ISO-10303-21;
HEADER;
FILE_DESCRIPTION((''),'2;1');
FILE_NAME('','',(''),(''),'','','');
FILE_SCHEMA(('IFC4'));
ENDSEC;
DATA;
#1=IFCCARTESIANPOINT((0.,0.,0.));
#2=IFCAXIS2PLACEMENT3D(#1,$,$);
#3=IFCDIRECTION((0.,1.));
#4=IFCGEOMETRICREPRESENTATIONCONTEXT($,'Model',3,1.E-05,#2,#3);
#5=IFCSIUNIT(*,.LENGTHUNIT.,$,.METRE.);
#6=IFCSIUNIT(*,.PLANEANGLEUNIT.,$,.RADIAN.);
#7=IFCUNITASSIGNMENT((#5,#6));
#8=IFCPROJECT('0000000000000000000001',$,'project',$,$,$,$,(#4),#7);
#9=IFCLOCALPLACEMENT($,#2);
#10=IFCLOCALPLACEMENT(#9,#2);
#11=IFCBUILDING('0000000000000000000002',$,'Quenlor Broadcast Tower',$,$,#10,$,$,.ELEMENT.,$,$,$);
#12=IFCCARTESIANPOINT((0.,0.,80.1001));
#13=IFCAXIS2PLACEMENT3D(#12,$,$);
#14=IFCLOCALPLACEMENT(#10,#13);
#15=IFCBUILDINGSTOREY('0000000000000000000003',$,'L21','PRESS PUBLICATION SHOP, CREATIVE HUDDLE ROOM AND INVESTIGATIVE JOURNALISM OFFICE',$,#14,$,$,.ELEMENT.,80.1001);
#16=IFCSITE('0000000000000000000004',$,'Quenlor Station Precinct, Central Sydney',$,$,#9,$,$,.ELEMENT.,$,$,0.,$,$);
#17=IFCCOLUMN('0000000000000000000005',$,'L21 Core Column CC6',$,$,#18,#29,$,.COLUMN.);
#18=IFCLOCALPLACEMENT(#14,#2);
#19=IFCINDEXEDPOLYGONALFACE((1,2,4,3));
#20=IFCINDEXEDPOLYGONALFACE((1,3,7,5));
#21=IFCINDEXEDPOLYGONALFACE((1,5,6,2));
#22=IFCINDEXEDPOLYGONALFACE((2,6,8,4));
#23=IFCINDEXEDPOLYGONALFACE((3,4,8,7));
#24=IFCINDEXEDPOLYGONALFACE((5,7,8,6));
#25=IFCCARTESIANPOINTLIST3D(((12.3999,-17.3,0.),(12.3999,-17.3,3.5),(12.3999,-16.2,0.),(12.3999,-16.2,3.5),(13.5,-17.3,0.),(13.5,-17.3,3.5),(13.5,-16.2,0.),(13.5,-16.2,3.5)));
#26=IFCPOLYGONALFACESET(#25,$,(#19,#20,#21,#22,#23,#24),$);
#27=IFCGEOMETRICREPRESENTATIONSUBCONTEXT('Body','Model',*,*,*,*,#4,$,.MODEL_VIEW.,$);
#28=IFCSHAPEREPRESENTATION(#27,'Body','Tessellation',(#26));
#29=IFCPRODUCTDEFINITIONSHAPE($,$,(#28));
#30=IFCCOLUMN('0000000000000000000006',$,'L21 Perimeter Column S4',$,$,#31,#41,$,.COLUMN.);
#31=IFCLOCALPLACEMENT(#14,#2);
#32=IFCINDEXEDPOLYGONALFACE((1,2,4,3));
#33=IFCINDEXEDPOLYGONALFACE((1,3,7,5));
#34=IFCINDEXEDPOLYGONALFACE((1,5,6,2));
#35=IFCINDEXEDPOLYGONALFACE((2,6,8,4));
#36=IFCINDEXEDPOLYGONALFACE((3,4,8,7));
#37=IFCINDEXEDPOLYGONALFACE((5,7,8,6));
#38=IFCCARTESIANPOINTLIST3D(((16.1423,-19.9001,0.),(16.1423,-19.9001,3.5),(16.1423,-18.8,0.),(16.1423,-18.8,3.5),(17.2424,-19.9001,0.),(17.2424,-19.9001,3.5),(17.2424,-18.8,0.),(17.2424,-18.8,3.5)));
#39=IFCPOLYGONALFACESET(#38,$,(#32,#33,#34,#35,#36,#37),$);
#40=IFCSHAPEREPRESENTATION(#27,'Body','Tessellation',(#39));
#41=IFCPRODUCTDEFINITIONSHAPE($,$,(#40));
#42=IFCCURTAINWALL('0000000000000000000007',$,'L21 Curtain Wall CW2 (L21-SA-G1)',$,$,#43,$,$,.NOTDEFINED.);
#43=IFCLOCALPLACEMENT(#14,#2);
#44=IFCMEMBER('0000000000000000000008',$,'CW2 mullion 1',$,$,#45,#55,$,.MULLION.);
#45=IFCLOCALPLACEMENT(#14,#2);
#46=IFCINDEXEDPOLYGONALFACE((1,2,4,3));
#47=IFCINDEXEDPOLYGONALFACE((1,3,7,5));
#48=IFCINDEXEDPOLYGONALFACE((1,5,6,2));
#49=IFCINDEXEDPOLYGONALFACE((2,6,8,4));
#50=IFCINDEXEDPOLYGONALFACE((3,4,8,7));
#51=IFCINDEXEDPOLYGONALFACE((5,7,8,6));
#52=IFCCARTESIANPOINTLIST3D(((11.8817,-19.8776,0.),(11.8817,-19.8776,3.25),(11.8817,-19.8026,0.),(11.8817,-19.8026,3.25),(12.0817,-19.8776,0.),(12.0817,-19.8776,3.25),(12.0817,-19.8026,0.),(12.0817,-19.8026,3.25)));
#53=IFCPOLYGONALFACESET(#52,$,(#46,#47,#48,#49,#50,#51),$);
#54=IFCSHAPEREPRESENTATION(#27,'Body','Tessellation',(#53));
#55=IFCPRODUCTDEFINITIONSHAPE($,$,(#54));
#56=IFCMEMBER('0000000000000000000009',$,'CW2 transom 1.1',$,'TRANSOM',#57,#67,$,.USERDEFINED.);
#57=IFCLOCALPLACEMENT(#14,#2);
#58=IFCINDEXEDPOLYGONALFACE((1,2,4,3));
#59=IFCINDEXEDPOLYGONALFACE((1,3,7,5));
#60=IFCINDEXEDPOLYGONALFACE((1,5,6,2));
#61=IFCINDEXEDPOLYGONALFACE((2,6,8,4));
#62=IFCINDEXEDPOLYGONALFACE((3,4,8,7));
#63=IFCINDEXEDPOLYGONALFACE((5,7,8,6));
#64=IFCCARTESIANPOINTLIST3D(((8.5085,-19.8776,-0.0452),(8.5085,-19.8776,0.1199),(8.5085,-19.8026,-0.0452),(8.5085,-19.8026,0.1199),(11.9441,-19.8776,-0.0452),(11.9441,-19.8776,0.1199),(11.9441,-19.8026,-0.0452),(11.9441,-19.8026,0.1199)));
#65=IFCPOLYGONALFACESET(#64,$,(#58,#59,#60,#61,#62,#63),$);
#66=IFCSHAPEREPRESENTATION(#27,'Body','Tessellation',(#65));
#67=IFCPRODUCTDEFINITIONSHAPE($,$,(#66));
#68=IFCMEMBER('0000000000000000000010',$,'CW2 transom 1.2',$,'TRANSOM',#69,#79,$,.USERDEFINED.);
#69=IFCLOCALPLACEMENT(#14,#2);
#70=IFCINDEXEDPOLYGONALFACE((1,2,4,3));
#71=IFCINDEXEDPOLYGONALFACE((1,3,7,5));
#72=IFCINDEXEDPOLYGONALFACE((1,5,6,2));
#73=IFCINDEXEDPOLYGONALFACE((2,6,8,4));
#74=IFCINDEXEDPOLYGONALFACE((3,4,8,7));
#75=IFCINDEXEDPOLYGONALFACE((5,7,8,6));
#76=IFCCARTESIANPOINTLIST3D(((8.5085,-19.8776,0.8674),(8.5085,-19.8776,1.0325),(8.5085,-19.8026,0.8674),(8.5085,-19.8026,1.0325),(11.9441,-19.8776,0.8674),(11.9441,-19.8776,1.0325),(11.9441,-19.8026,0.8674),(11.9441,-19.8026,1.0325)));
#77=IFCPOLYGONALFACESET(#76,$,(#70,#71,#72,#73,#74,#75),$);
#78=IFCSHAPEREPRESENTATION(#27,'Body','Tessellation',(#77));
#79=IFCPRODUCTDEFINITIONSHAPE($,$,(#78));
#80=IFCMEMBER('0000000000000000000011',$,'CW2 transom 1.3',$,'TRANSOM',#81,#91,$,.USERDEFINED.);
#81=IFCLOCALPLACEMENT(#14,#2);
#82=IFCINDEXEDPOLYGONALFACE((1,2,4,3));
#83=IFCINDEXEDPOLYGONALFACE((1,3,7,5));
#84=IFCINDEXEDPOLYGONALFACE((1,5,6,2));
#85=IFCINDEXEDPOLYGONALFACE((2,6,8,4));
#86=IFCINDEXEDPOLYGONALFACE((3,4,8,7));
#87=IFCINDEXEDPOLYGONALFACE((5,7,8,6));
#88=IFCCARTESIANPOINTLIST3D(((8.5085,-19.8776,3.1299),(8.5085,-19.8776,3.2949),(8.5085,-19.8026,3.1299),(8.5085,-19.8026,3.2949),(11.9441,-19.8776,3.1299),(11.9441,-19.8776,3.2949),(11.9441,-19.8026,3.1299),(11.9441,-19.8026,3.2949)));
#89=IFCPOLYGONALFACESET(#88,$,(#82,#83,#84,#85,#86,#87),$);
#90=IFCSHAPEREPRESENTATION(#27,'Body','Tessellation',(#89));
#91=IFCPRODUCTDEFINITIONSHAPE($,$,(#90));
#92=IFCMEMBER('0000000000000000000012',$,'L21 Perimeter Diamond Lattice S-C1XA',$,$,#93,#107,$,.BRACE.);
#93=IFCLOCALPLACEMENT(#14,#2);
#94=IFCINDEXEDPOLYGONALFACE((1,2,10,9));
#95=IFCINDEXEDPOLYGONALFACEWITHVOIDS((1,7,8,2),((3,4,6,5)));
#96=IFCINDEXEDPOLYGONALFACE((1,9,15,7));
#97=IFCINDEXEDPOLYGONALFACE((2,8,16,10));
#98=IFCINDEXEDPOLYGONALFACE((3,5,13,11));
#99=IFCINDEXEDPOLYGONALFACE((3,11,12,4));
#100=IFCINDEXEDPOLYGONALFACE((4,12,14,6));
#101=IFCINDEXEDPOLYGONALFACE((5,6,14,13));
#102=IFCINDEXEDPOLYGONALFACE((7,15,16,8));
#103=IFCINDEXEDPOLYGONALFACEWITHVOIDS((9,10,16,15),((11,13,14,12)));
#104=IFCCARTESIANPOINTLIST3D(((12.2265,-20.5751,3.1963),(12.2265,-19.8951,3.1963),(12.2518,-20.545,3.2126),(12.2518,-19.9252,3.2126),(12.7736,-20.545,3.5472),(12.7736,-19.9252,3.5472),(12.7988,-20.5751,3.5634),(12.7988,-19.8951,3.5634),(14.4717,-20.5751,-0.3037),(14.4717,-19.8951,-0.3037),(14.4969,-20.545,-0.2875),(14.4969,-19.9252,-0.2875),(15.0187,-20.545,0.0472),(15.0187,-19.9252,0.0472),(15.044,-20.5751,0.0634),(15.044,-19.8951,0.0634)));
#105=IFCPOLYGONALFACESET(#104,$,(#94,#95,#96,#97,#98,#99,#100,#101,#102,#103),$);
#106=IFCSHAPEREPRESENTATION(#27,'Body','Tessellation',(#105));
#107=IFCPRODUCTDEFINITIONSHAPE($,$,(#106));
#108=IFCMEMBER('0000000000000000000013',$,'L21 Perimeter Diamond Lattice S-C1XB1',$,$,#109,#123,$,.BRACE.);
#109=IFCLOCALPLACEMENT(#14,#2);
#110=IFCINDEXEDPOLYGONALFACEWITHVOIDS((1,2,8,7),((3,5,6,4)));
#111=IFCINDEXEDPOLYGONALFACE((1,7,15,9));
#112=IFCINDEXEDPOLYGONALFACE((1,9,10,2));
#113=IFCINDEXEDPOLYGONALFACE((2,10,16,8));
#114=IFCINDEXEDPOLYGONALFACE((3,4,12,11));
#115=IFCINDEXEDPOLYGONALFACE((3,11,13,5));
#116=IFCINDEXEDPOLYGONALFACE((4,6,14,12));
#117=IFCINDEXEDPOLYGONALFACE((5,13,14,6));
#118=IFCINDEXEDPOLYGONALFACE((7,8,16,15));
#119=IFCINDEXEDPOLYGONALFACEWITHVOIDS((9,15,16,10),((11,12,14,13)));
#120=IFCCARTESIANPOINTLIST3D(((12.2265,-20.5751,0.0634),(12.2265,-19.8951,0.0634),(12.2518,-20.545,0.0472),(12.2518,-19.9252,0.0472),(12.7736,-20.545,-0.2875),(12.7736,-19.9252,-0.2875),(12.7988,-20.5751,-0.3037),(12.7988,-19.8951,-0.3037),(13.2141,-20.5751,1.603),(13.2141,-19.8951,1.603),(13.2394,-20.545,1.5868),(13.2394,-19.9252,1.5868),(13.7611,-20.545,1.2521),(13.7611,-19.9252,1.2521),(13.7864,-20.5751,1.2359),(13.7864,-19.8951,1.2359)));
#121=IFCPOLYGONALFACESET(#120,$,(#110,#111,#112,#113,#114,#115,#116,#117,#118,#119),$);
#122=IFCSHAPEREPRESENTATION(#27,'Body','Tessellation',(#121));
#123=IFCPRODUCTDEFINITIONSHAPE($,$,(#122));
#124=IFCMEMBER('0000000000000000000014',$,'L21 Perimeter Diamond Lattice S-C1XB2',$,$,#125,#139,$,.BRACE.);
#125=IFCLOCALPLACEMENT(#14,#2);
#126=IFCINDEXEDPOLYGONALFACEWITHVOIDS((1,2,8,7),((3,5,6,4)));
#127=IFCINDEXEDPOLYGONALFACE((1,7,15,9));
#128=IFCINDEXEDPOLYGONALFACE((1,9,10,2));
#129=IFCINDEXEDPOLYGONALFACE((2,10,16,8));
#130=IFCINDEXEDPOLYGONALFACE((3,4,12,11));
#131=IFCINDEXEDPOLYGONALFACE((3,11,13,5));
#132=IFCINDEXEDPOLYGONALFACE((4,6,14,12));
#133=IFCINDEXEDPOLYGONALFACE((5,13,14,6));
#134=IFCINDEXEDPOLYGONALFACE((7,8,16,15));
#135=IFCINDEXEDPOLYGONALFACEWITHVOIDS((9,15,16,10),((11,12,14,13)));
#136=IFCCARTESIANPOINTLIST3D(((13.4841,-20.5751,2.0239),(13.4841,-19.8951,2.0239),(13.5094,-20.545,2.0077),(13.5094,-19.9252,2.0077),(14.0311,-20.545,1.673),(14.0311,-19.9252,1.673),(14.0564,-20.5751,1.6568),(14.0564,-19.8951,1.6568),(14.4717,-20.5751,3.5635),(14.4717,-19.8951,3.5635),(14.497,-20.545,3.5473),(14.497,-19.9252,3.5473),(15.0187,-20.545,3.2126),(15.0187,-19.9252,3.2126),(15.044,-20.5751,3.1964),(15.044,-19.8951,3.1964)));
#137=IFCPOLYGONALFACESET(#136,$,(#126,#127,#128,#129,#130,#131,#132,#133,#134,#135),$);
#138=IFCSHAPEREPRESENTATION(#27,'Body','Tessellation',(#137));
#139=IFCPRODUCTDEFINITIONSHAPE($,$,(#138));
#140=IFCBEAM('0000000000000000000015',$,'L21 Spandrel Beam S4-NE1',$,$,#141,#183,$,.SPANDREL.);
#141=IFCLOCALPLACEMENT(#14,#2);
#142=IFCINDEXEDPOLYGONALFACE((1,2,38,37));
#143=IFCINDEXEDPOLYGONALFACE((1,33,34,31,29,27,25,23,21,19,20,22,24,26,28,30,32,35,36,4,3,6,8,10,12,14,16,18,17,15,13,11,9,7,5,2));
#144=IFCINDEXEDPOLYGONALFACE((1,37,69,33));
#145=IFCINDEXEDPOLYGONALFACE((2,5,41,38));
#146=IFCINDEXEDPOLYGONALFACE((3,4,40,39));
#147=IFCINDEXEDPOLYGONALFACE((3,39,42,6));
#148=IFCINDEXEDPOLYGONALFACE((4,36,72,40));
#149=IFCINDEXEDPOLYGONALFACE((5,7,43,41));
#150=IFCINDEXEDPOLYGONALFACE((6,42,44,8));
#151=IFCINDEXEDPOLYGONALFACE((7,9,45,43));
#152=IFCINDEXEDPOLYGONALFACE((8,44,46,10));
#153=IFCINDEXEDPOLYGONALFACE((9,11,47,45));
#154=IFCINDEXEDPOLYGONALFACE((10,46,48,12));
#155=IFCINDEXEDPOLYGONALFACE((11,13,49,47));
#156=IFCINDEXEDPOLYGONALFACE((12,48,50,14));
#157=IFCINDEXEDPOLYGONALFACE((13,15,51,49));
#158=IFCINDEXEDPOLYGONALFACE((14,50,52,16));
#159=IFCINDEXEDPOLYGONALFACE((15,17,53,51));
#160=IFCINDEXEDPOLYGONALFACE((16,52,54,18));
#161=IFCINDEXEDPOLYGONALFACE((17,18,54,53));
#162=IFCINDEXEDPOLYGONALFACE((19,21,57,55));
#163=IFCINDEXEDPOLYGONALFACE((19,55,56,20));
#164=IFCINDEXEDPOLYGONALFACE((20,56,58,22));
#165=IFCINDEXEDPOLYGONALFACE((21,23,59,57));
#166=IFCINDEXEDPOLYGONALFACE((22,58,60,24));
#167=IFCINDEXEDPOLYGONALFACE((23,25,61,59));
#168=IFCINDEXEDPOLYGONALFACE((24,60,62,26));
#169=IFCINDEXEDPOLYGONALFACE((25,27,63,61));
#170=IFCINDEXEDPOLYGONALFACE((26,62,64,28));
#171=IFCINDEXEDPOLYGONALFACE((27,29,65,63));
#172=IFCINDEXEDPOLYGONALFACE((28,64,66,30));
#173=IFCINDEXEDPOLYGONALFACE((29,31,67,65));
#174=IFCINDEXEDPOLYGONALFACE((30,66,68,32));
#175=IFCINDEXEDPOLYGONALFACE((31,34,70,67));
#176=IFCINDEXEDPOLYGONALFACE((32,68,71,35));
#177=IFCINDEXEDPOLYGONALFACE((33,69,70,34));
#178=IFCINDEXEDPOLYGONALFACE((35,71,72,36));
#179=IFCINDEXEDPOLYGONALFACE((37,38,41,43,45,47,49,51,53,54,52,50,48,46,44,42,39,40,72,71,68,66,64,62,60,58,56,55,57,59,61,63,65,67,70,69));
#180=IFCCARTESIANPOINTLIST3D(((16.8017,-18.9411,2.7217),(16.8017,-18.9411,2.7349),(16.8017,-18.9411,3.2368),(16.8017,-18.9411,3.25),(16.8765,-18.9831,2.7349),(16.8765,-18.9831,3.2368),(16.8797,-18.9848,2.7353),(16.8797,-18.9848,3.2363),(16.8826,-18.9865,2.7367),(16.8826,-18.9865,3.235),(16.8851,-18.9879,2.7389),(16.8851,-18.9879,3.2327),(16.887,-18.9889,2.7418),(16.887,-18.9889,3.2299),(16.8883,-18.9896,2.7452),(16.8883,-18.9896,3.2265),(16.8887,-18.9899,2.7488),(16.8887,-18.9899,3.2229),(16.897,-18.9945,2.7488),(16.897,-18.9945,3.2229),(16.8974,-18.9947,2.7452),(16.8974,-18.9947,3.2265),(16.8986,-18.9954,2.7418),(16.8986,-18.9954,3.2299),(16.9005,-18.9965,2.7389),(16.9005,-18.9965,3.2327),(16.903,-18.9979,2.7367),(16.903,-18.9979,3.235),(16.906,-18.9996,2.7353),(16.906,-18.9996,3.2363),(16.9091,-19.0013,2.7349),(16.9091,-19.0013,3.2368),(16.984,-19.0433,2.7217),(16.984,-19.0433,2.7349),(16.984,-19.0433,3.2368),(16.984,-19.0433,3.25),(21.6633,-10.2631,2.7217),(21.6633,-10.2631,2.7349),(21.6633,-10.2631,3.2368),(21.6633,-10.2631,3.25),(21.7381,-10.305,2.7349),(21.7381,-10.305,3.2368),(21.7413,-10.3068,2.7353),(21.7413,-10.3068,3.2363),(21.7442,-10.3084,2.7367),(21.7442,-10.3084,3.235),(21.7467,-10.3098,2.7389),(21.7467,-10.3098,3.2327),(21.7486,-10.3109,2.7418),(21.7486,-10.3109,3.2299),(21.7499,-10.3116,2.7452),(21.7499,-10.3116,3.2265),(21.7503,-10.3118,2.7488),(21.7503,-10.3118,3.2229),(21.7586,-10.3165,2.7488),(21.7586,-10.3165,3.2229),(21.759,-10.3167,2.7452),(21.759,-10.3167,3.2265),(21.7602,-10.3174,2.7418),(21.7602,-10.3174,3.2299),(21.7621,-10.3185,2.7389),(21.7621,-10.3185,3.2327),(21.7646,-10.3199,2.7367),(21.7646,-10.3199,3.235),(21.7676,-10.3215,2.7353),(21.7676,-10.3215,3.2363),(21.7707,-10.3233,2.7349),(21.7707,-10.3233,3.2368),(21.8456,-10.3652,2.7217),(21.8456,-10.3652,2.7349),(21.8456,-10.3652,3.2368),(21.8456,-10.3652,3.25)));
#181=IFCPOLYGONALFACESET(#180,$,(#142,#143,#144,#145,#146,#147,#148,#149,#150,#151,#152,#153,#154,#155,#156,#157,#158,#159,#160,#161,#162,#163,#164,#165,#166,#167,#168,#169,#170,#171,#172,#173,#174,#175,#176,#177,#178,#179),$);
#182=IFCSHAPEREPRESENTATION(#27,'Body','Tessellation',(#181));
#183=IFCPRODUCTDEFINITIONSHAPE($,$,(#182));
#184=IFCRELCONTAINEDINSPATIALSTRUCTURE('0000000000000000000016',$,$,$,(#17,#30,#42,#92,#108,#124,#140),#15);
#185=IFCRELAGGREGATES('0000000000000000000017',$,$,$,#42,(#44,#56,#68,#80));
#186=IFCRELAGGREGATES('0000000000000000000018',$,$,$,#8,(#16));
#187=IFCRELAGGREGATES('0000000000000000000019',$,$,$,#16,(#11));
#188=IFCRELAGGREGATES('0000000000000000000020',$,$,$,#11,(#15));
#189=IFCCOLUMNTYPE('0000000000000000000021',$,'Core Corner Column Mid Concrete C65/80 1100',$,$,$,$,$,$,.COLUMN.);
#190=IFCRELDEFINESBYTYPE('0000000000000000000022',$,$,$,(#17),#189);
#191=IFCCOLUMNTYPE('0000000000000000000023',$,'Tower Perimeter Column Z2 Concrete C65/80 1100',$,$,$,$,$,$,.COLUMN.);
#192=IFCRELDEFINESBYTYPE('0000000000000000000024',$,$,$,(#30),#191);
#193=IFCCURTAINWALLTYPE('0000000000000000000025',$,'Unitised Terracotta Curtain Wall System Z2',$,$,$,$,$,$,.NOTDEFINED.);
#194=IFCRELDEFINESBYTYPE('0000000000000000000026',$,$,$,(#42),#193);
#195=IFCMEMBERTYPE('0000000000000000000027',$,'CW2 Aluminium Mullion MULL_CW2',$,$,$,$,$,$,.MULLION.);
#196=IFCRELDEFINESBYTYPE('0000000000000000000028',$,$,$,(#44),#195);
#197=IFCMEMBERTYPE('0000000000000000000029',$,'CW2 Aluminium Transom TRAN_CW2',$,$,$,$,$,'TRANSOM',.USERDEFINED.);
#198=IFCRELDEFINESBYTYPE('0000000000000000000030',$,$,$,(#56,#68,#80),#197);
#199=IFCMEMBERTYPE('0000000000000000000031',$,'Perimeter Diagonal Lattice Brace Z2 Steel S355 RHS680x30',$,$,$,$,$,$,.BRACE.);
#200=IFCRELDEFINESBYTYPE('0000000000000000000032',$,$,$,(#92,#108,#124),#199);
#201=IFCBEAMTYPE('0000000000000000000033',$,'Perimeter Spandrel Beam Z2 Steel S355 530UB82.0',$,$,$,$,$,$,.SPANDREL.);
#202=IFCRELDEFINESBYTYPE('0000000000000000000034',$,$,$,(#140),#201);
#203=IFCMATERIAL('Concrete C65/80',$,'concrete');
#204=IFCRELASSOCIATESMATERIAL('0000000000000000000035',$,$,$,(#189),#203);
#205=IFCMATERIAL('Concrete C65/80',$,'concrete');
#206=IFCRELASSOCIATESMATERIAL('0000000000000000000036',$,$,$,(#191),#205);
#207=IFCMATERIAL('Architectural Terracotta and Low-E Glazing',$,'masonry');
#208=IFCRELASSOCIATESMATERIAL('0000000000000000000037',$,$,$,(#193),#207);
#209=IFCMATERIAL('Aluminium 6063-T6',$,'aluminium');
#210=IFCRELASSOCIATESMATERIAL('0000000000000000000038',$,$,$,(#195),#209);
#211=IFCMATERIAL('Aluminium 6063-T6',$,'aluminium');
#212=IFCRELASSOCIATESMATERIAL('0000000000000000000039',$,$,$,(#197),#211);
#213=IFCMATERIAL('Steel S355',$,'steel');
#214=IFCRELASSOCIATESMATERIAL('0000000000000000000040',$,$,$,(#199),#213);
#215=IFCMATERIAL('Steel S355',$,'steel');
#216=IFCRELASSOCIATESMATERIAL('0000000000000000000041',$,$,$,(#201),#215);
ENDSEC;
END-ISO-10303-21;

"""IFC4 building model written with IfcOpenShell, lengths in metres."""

from ifc_helpers import new_model, si_unit, direction, frame, origin, origin_2d, place, context, subcontext, project, spatial, rectangle, hollow_rectangle, i_section, extrude, material, material_profile, profile_set, type_object, element, aggregate, save


model = new_model("IFC4")

# Units and contexts
model_context = context("Model", 3, precision=1e-05, world=origin(), true_north=direction((0.0, 1.0)))
body_context = subcontext(model_context, "Body", "Model", "MODEL_VIEW")
ifc_project = project(units=[si_unit("LENGTHUNIT", "METRE"), si_unit("PLANEANGLEUNIT", "RADIAN")], contexts=[model_context])

# Site, building, storey
site_placement = place(None, origin())
site = spatial("IfcSite", under=ifc_project, at=site_placement, Name="Quenlor Station Precinct, Central Sydney", CompositionType="ELEMENT", RefElevation=0.0)
building_placement = place(site_placement, origin())
building = spatial("IfcBuilding", under=site, at=building_placement, Name="Quenlor Broadcast Tower", CompositionType="ELEMENT")
storey_placement = place(building_placement, frame((0.0, 0.0, 80.1001)))
storey = spatial("IfcBuildingStorey", under=building, at=storey_placement, Name="L21", Description="PRESS PUBLICATION SHOP, CREATIVE HUDDLE ROOM AND INVESTIGATIVE JOURNALISM OFFICE", CompositionType="ELEMENT", Elevation=80.1001)

# Columns
ifc_material_1 = material(Name="Concrete C65/80", Category="concrete")
ifc_material_profile_1 = material_profile(ifc_material_1, rectangle(XDim=1.1001, YDim=1.1001, at=origin_2d()))
ifc_profile_set_1 = profile_set([ifc_material_profile_1], Name="Concrete C65/80 RC1100x1100")
column_type_1 = type_object("IfcColumnType", Name="Core Corner Column Mid Concrete C65/80 1100", PredefinedType="COLUMN", material=ifc_profile_set_1)
column_1_placement = place(storey_placement, frame((12.95, -16.75, 0.0), z_axis=(0.0, 0.0, 1.0), x_axis=(1.0, 0.0, 0.0)))
element("IfcColumn", 1, at=column_1_placement, inside=storey, type_object=column_type_1, Name="L21 Core Column CC6", PredefinedType="COLUMN", context=body_context, shape_type="SweptSolid", body=[
    extrude(rectangle(XDim=1.1001, YDim=1.1001, at=origin_2d()), origin(), (0.0, 0.0, 1.0), 3.5),
])
ifc_material_2 = material(Name="Concrete C65/80", Category="concrete")
ifc_material_profile_2 = material_profile(ifc_material_2, rectangle(XDim=1.1001, YDim=1.1001, at=origin_2d()))
ifc_profile_set_2 = profile_set([ifc_material_profile_2], Name="Concrete C65/80 RC1100x1100")
column_type_2 = type_object("IfcColumnType", Name="Tower Perimeter Column Z2 Concrete C65/80 1100", PredefinedType="COLUMN", material=ifc_profile_set_2)
column_2_placement = place(storey_placement, frame((16.6924, -19.3501, 0.0), z_axis=(0.0, 0.0, 1.0), x_axis=(0.0, 1.0, 0.0)))
element("IfcColumn", 2, at=column_2_placement, inside=storey, type_object=column_type_2, Name="L21 Perimeter Column S4", PredefinedType="COLUMN", context=body_context, shape_type="SweptSolid", body=[
    extrude(rectangle(XDim=1.1001, YDim=1.1001, at=origin_2d()), origin(), (0.0, 0.0, 1.0), 3.5),
])

# Curtain wall, members
ifc_material_3 = material(Name="Architectural Terracotta and Low-E Glazing", Category="masonry")
curtain_wall_type = type_object("IfcCurtainWallType", Name="Unitised Terracotta Curtain Wall System Z2", PredefinedType="NOTDEFINED", material=ifc_material_3)
curtain_wall_placement = place(storey_placement, origin())
curtain_wall = element("IfcCurtainWall", 3, at=curtain_wall_placement, inside=storey, type_object=curtain_wall_type, Name="L21 Curtain Wall CW2 (L21-SA-G1)", PredefinedType="NOTDEFINED")
ifc_material_4 = material(Name="Aluminium 6063-T6", Category="aluminium")
ifc_material_profile_3 = material_profile(ifc_material_4, rectangle(XDim=0.075, YDim=0.2, at=origin_2d()))
ifc_profile_set_3 = profile_set([ifc_material_profile_3], Name="Aluminium 6063-T6 MULL75x200")
member_type_1 = type_object("IfcMemberType", Name="CW2 Aluminium Mullion MULL_CW2", PredefinedType="MULLION", material=ifc_profile_set_3)
member_1_placement = place(storey_placement, frame((11.9817, -19.8401, 0.0), z_axis=(0.0, 0.0, 1.0), x_axis=(0.0, -1.0, 0.0)))
member_1 = element("IfcMember", 4, at=member_1_placement, type_object=member_type_1, Name="CW2 mullion 1", PredefinedType="MULLION", context=body_context, shape_type="SweptSolid", body=[
    extrude(rectangle(XDim=0.075, YDim=0.2, at=origin_2d()), origin(), (0.0, 0.0, 1.0), 3.25),
])
ifc_material_5 = material(Name="Aluminium 6063-T6", Category="aluminium")
ifc_material_profile_4 = material_profile(ifc_material_5, rectangle(XDim=0.075, YDim=0.165, at=origin_2d()))
ifc_profile_set_4 = profile_set([ifc_material_profile_4], Name="Aluminium 6063-T6 TRAN75x165")
member_type_2 = type_object("IfcMemberType", Name="CW2 Aluminium Transom TRAN_CW2", ElementType="TRANSOM", PredefinedType="USERDEFINED", material=ifc_profile_set_4)
member_2_placement = place(storey_placement, frame((11.9441, -19.8401, 0.0374), z_axis=(-1.0, 0.0, 0.0), x_axis=(0.0, -1.0, 0.0)))
member_2 = element("IfcMember", 5, at=member_2_placement, type_object=member_type_2, Name="CW2 transom 1.1", ObjectType="TRANSOM", PredefinedType="USERDEFINED", context=body_context, shape_type="SweptSolid", body=[
    extrude(rectangle(XDim=0.075, YDim=0.165, at=origin_2d()), origin(), (0.0, 0.0, 1.0), 3.4355),
])
member_3_placement = place(storey_placement, frame((11.9441, -19.8401, 0.95), z_axis=(-1.0, 0.0, 0.0), x_axis=(0.0, -1.0, 0.0)))
member_3 = element("IfcMember", 6, at=member_3_placement, type_object=member_type_2, Name="CW2 transom 1.2", ObjectType="TRANSOM", PredefinedType="USERDEFINED", context=body_context, shape_type="SweptSolid", body=[
    extrude(rectangle(XDim=0.075, YDim=0.165, at=origin_2d()), origin(), (0.0, 0.0, 1.0), 3.4355),
])
member_4_placement = place(storey_placement, frame((11.9441, -19.8401, 3.2124), z_axis=(-1.0, 0.0, 0.0), x_axis=(0.0, -1.0, 0.0)))
member_4 = element("IfcMember", 7, at=member_4_placement, type_object=member_type_2, Name="CW2 transom 1.3", ObjectType="TRANSOM", PredefinedType="USERDEFINED", context=body_context, shape_type="SweptSolid", body=[
    extrude(rectangle(XDim=0.075, YDim=0.165, at=origin_2d()), origin(), (0.0, 0.0, 1.0), 3.4355),
])
aggregate(curtain_wall, [member_1, member_2, member_3, member_4])

# Members
ifc_material_6 = material(Name="Steel S355", Category="steel")
ifc_material_profile_5 = material_profile(ifc_material_6, hollow_rectangle(XDim=0.6799, YDim=0.6799, WallThickness=0.03, at=origin_2d()))
ifc_profile_set_5 = profile_set([ifc_material_profile_5], Name="Steel S355 RHS680x680x30")
member_type_3 = type_object("IfcMemberType", Name="Perimeter Diagonal Lattice Brace Z2 Steel S355 RHS680x30", PredefinedType="BRACE", material=ifc_profile_set_5)
member_5_placement = place(storey_placement, frame((14.7578, -20.2351, -0.1201), z_axis=(-0.539926, 0.0, 0.841712), x_axis=(0.0, -1.0, 0.0)))
element("IfcMember", 8, at=member_5_placement, inside=storey, type_object=member_type_3, Name="L21 Perimeter Diamond Lattice S-C1XA", PredefinedType="BRACE", context=body_context, shape_type="SweptSolid", body=[
    extrude(hollow_rectangle(XDim=0.6799, YDim=0.6799, WallThickness=0.03, at=origin_2d()), origin(), (0.0, 0.0, 1.0), 4.1582),
])
for number, where, z_axis, x_axis, name in (
    (9, (12.5127, -20.2351, -0.1201), (0.539921, 0.0, 0.841716), (0.0, 1.0, 0.0), "L21 Perimeter Diamond Lattice S-C1XB1"),
    (10, (13.7703, -20.2351, 1.8403), (0.539921, 0.0, 0.841716), (0.0, 1.0, 0.0), "L21 Perimeter Diamond Lattice S-C1XB2"),
):
    element("IfcMember", number, at=place(storey_placement, frame(where, z_axis=z_axis, x_axis=x_axis)), inside=storey, type_object=member_type_3, Name=name, PredefinedType="BRACE", context=body_context, shape_type="SweptSolid", body=[
        extrude(hollow_rectangle(XDim=0.6799, YDim=0.6799, WallThickness=0.03, at=origin_2d()), origin(), (0.0, 0.0, 1.0), 1.8291),
    ])

# Beam
ifc_material_7 = material(Name="Steel S355", Category="steel")
ifc_material_profile_6 = material_profile(ifc_material_7, i_section(OverallWidth=0.209, OverallDepth=0.5283, WebThickness=0.0095, FlangeThickness=0.0132, FilletRadius=0.0139, at=origin_2d()))
ifc_profile_set_6 = profile_set([ifc_material_profile_6], Name="Steel S355 530UB82.0")
beam_type_1 = type_object("IfcBeamType", Name="Perimeter Spandrel Beam Z2 Steel S355 530UB82.0", PredefinedType="SPANDREL", material=ifc_profile_set_6)
beam_1_placement = place(storey_placement, frame((16.8928, -18.9922, 2.9858), z_axis=(0.488749, 0.872424, 0.0), x_axis=(-0.872424, 0.488749, 0.0)))
element("IfcBeam", 11, at=beam_1_placement, inside=storey, type_object=beam_type_1, Name="L21 Spandrel Beam S4-NE1", PredefinedType="SPANDREL", context=body_context, shape_type="SweptSolid", body=[
    extrude(i_section(OverallWidth=0.209, OverallDepth=0.5283, WebThickness=0.0095, FlangeThickness=0.0132, FilletRadius=0.0139, at=origin_2d()), origin(), (0.0, 0.0, 1.0), 9.947),
])

save(model, "model.ifc")
